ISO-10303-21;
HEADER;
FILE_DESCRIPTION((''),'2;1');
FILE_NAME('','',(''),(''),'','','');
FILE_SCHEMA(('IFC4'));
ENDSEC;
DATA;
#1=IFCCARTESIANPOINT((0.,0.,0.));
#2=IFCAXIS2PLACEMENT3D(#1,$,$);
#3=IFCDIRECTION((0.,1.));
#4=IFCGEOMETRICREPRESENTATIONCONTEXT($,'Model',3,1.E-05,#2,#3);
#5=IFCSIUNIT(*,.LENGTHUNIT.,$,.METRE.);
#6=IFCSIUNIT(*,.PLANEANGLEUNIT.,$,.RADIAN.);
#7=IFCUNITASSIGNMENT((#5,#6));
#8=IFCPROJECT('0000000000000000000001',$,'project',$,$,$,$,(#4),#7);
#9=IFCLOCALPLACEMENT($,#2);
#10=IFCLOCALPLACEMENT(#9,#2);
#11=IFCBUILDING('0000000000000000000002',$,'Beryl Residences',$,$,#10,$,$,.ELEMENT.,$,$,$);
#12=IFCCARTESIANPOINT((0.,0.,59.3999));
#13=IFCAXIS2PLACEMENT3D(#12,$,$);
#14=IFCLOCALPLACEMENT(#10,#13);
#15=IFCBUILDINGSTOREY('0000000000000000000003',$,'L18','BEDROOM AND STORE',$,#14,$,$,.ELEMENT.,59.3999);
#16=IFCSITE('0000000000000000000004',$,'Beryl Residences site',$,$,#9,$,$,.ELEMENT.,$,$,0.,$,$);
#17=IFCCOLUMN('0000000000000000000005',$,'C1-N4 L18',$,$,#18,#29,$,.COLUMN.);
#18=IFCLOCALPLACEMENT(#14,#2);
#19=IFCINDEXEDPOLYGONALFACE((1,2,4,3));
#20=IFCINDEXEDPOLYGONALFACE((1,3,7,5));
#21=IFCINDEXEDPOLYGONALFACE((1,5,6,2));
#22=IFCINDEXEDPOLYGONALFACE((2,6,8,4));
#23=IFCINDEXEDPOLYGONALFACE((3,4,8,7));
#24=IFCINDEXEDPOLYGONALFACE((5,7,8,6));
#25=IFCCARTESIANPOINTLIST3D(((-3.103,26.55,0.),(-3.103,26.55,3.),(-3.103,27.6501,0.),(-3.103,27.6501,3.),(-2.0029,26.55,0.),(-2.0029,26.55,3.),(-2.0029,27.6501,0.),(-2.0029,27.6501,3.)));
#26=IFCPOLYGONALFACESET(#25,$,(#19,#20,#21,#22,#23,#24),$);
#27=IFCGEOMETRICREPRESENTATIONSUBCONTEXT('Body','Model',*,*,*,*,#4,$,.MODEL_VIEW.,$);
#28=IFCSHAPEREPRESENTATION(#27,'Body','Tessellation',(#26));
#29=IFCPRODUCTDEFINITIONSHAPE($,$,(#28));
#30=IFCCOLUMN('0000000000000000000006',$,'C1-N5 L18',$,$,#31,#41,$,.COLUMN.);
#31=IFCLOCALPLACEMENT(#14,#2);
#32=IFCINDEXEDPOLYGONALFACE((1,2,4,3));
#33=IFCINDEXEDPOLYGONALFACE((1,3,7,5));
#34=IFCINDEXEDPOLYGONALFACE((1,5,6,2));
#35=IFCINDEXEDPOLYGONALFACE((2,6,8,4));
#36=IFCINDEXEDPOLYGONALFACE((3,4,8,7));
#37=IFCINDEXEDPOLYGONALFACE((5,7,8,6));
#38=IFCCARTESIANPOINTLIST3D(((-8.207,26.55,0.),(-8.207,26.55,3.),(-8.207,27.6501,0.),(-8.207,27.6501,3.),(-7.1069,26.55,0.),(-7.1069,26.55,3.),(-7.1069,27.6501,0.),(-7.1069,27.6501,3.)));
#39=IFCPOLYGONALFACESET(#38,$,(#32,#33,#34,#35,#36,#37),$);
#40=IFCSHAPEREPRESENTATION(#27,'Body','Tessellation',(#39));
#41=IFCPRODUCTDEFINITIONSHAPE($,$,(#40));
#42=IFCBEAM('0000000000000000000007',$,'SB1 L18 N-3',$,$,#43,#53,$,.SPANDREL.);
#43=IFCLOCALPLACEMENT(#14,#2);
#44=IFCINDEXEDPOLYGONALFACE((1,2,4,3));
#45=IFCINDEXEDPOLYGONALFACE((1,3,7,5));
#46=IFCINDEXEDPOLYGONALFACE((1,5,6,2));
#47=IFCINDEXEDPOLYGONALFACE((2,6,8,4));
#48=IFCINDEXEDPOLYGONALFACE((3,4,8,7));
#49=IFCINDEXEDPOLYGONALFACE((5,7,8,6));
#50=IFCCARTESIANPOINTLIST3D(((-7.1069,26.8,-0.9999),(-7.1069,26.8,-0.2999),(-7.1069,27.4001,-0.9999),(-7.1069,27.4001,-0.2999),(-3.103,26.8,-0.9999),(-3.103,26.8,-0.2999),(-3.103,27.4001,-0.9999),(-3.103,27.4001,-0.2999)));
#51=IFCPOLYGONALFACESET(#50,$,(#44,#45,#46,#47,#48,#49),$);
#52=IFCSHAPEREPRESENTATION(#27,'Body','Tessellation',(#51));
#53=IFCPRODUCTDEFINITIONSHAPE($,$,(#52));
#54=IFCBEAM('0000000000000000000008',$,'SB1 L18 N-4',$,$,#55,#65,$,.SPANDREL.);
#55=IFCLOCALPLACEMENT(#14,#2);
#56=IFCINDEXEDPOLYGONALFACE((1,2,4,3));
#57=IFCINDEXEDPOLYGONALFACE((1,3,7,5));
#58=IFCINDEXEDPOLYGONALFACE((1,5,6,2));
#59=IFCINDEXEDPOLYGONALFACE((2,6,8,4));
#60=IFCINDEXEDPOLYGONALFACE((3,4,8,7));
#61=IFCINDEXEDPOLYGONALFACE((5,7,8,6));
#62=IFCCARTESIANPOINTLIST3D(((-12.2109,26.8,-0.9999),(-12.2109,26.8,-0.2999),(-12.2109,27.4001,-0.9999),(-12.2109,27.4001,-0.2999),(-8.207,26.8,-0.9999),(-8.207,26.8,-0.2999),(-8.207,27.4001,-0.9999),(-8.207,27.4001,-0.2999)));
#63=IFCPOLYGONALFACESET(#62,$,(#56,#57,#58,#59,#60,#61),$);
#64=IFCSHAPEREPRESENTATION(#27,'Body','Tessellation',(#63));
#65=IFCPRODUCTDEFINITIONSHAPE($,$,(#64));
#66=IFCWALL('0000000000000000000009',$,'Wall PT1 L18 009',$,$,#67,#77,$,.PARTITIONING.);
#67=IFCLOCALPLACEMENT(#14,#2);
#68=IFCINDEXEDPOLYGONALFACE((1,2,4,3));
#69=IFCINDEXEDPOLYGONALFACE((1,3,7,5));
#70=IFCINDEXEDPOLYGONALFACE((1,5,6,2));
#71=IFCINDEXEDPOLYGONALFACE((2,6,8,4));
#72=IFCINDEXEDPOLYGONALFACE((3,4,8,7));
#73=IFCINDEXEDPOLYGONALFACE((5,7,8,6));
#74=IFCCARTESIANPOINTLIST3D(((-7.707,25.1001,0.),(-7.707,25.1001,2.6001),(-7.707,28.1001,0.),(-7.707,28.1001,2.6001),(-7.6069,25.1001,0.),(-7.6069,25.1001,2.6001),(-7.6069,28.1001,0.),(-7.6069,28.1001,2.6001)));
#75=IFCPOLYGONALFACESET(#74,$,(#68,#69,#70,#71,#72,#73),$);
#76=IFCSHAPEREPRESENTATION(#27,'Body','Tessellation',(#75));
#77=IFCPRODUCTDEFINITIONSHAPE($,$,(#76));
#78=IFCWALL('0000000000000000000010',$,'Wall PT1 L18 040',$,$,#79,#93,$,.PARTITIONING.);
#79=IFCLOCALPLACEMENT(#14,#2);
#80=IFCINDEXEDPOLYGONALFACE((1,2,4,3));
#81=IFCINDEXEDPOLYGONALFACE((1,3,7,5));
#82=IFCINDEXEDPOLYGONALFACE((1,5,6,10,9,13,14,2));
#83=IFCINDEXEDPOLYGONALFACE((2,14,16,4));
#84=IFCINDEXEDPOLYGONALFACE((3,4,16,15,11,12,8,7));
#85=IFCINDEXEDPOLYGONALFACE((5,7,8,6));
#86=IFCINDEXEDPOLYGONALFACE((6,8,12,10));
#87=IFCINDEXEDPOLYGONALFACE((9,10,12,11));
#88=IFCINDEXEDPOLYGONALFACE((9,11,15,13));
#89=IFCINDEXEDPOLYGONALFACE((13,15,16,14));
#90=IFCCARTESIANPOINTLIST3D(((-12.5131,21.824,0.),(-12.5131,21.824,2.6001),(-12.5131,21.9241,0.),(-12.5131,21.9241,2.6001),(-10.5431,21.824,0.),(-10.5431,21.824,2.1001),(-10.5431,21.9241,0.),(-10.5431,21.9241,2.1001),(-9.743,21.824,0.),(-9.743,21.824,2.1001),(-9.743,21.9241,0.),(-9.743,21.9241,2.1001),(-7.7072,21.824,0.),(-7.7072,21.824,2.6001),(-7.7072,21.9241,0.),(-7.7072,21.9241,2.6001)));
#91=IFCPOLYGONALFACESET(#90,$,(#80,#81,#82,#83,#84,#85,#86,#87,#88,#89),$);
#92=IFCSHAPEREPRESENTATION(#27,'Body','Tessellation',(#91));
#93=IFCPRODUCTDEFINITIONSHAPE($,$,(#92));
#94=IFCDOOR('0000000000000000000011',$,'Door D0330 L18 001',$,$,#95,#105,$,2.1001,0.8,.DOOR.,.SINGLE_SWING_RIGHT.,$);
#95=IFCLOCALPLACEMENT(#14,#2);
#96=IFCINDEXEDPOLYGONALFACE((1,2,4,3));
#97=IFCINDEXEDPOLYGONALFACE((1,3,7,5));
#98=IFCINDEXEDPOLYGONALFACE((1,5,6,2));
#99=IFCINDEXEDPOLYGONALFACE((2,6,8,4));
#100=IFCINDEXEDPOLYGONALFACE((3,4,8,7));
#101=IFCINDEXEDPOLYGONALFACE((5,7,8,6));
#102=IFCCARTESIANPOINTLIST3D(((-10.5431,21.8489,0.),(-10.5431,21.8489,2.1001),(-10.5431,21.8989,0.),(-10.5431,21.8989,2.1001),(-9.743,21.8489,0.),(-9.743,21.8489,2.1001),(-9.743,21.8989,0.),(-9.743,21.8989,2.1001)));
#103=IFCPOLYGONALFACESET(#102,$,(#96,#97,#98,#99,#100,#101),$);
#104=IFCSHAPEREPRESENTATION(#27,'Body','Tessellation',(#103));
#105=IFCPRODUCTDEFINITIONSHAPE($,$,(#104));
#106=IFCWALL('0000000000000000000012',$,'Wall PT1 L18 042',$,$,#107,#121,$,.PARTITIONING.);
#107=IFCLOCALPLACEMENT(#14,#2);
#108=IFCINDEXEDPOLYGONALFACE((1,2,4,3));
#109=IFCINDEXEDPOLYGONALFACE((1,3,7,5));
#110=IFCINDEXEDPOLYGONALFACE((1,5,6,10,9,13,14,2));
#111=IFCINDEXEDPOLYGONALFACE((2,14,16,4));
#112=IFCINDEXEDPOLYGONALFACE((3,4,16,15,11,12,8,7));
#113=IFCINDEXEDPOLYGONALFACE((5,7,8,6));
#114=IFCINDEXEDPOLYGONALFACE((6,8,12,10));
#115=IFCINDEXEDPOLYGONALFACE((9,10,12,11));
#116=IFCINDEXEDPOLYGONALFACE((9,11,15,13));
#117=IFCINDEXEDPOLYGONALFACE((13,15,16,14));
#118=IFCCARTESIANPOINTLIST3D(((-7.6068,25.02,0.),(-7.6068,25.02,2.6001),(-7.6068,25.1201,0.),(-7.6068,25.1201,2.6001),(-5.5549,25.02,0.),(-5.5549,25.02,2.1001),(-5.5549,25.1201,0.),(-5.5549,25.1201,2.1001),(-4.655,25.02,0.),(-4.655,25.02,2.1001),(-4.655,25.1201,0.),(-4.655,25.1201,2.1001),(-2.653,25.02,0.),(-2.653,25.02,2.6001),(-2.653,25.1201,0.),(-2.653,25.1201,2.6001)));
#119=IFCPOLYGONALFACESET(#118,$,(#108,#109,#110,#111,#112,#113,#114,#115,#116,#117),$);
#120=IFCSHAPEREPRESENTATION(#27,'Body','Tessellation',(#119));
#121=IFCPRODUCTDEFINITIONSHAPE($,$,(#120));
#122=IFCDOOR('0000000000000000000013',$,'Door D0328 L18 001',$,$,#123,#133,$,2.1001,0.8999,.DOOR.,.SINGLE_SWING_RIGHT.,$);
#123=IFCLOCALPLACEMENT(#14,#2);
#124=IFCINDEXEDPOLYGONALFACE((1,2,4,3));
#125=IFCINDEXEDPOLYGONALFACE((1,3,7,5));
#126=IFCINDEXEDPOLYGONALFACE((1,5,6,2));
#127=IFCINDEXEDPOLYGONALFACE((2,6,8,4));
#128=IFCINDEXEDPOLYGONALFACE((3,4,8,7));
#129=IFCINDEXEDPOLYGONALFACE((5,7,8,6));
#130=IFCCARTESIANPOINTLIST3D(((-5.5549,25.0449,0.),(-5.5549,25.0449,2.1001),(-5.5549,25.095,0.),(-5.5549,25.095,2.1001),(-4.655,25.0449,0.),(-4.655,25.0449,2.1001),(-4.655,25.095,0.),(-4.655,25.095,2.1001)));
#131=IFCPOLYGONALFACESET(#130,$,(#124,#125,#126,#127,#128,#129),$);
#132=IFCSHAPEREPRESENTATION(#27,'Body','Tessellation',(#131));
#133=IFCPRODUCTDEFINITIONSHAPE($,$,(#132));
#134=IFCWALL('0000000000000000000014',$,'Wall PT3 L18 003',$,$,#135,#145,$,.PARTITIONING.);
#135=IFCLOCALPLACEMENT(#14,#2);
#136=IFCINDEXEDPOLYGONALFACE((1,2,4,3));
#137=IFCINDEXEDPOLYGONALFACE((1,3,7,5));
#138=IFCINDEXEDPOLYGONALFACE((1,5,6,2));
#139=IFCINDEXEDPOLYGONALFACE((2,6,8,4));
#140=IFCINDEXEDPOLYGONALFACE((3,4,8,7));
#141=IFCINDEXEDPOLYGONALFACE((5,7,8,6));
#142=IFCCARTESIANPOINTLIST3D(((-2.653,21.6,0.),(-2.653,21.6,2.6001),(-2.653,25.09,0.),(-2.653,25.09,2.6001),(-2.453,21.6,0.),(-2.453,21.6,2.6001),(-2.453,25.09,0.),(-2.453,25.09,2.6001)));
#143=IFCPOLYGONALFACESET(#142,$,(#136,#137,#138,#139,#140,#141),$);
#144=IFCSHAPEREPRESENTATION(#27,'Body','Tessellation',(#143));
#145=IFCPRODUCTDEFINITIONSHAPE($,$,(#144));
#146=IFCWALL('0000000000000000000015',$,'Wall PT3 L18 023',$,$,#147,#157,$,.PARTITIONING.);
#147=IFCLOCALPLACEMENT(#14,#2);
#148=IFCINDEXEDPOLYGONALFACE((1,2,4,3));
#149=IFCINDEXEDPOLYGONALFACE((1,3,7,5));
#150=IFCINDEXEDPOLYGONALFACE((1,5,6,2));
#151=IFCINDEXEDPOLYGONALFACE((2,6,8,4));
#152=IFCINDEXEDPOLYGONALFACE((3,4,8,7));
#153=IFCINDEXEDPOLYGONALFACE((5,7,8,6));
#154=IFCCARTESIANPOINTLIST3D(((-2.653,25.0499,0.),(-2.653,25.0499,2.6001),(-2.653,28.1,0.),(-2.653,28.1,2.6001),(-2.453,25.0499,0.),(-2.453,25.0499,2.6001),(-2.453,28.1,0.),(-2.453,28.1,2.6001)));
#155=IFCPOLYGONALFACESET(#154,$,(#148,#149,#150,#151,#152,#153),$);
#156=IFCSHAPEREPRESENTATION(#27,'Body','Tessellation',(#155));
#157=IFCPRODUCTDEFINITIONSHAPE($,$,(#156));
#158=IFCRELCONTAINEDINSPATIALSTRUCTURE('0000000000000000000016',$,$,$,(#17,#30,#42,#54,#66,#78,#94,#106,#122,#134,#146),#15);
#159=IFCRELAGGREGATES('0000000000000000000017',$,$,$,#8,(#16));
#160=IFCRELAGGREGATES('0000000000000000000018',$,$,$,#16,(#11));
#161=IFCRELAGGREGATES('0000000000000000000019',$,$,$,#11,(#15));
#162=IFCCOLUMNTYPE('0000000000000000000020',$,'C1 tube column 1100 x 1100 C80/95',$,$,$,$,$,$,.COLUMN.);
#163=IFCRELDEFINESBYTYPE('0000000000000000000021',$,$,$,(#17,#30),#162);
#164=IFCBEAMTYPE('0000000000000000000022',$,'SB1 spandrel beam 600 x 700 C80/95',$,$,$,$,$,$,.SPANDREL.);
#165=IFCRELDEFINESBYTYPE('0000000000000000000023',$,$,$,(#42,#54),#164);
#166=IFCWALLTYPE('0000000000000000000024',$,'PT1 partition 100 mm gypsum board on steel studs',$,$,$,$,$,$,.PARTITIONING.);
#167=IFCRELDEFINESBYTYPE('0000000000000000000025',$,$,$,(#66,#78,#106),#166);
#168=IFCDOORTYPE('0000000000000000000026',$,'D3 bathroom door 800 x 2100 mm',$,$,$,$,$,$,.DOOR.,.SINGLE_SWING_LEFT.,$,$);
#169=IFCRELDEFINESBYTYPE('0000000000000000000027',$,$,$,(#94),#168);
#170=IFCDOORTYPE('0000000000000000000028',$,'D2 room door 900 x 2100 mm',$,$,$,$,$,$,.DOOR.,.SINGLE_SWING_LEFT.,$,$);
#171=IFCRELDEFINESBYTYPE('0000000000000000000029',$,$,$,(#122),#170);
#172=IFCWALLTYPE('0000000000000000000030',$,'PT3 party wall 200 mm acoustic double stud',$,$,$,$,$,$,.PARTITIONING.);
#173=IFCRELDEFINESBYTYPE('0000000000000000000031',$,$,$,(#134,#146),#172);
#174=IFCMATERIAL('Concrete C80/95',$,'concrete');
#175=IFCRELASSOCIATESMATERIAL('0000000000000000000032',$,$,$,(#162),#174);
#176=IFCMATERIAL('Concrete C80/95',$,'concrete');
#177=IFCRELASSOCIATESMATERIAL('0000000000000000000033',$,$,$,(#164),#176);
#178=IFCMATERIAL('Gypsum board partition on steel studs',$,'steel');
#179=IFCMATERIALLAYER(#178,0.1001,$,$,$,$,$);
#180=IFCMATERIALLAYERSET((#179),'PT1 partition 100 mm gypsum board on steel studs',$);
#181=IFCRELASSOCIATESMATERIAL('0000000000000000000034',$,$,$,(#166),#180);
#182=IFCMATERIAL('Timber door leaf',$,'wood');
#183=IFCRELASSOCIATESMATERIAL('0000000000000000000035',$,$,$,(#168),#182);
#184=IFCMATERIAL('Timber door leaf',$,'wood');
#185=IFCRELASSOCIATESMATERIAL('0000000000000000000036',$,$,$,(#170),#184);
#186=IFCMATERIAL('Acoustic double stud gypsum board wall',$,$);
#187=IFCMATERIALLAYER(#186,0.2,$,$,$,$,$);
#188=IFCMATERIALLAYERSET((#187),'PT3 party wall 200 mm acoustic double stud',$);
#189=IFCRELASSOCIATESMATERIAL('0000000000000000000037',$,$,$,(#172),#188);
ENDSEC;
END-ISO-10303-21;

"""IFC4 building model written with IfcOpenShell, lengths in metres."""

from ifc_helpers import new_model, si_unit, direction, frame, frame_2d, origin, origin_2d, place, context, subcontext, project, spatial, rectangle, extrude, material, layer, layer_set, material_profile, profile_set, type_object, element, fill, save


model = new_model("IFC4")

# Units and contexts
model_context = context("Model", 3, precision=1e-05, world=origin(), true_north=direction((0.0, 1.0)))
body_context = subcontext(model_context, "Body", "Model", "MODEL_VIEW")
ifc_project = project(units=[si_unit("LENGTHUNIT", "METRE"), si_unit("PLANEANGLEUNIT", "RADIAN")], contexts=[model_context])

# Site, building, storey
site_placement = place(None, origin())
site = spatial("IfcSite", under=ifc_project, at=site_placement, Name="Beryl Residences site", CompositionType="ELEMENT", RefElevation=0.0)
building_placement = place(site_placement, origin())
building = spatial("IfcBuilding", under=site, at=building_placement, Name="Beryl Residences", CompositionType="ELEMENT")
storey_placement = place(building_placement, frame((0.0, 0.0, 59.3999)))
storey = spatial("IfcBuildingStorey", under=building, at=storey_placement, Name="L18", Description="BEDROOM AND STORE", CompositionType="ELEMENT", Elevation=59.3999)

# Columns
ifc_material_1 = material(Name="Concrete C80/95", Category="concrete")
ifc_material_profile_1 = material_profile(ifc_material_1, rectangle(XDim=1.1001, YDim=1.1001, at=origin_2d()))
ifc_profile_set_1 = profile_set([ifc_material_profile_1], Name="Concrete C80/95")
column_type = type_object("IfcColumnType", Name="C1 tube column 1100 x 1100 C80/95", PredefinedType="COLUMN", material=ifc_profile_set_1)
for number, where, z_axis, x_axis, name in (
    (1, (-2.553, 27.1001, 0.0), (0.0, 0.0, 1.0), (-1.0, 0.0, 0.0), "C1-N4 L18"),
    (2, (-7.657, 27.1001, 0.0), (0.0, 0.0, 1.0), (-1.0, 0.0, 0.0), "C1-N5 L18"),
):
    element("IfcColumn", number, at=place(storey_placement, frame(where, z_axis=z_axis, x_axis=x_axis)), inside=storey, type_object=column_type, Name=name, PredefinedType="COLUMN", context=body_context, shape_type="SweptSolid", body=[
        extrude(rectangle(XDim=1.1001, YDim=1.1001, at=origin_2d()), origin(), (0.0, 0.0, 1.0), 3.0),
    ])

# Beams
ifc_material_2 = material(Name="Concrete C80/95", Category="concrete")
ifc_material_profile_2 = material_profile(ifc_material_2, rectangle(XDim=0.6001, YDim=0.7, at=origin_2d()))
ifc_profile_set_2 = profile_set([ifc_material_profile_2], Name="Concrete C80/95")
beam_type = type_object("IfcBeamType", Name="SB1 spandrel beam 600 x 700 C80/95", PredefinedType="SPANDREL", material=ifc_profile_set_2)
for number, where, z_axis, x_axis, name in (
    (3, (-3.103, 27.1001, -0.6499), (-1.0, 0.0, 0.0), (0.0, -1.0, 0.0), "SB1 L18 N-3"),
    (4, (-8.207, 27.1001, -0.6499), (-1.0, 0.0, 0.0), (0.0, -1.0, 0.0), "SB1 L18 N-4"),
):
    element("IfcBeam", number, at=place(storey_placement, frame(where, z_axis=z_axis, x_axis=x_axis)), inside=storey, type_object=beam_type, Name=name, PredefinedType="SPANDREL", context=body_context, shape_type="SweptSolid", body=[
        extrude(rectangle(XDim=0.6001, YDim=0.7, at=origin_2d()), origin(), (0.0, 0.0, 1.0), 4.0039),
    ])

# Wall
ifc_material_3 = material(Name="Gypsum board partition on steel studs", Category="steel")
ifc_layer_1 = layer(ifc_material_3, 0.1001)
ifc_layer_set_1 = layer_set([ifc_layer_1], Name="PT1 partition 100 mm gypsum board on steel studs")
wall_type_1 = type_object("IfcWallType", Name="PT1 partition 100 mm gypsum board on steel studs", PredefinedType="PARTITIONING", material=ifc_layer_set_1)
wall_1_placement = place(storey_placement, frame((-7.657, 28.1001, 0.0), z_axis=(0.0, 0.0, 1.0), x_axis=(0.0, -1.0, 0.0)))
element("IfcWall", 5, at=wall_1_placement, inside=storey, type_object=wall_type_1, Name="Wall PT1 L18 009", PredefinedType="PARTITIONING", context=body_context, shape_type="SweptSolid", body=[
    extrude(rectangle(XDim=3.0, YDim=0.1001, at=frame_2d((1.5, 0.0))), origin(), (0.0, 0.0, 1.0), 2.6001),
])

# Walls, openings, doors
wall_2_placement = place(storey_placement, frame((-12.5129, 21.874, 0.0), z_axis=(0.0, 0.0, 1.0), x_axis=(1.0, 0.0, 0.0)))
wall_2 = element("IfcWall", 6, at=wall_2_placement, inside=storey, type_object=wall_type_1, Name="Wall PT1 L18 040", PredefinedType="PARTITIONING", context=body_context, shape_type="SweptSolid", body=[
    extrude(rectangle(XDim=4.8059, YDim=0.1001, at=frame_2d((2.4028, 0.0))), origin(), (0.0, 0.0, 1.0), 2.6001),
])
opening_1_placement = place(wall_2_placement, frame((1.97, 0.0, 0.0)))
opening_1 = element("IfcOpeningElement", 7, at=opening_1_placement, cuts=wall_2, PredefinedType="OPENING", context=body_context, shape_type="SweptSolid", body=[
    extrude(rectangle(XDim=0.8, YDim=2.1001, at=frame_2d((0.3999, 1.05))), frame((0.0, 0.0601, 0.0), z_axis=(0.0, -1.0, 0.0), x_axis=(1.0, 0.0, 0.0)), (0.0, 0.0, 1.0), 0.1201),
])
ifc_material_4 = material(Name="Timber door leaf", Category="wood")
door_type_1 = type_object("IfcDoorType", Name="D3 bathroom door 800 x 2100 mm", OperationType="SINGLE_SWING_LEFT", PredefinedType="DOOR", material=ifc_material_4)
door_1_placement = place(opening_1_placement, origin())
door_1 = element("IfcDoor", 8, at=door_1_placement, inside=storey, type_object=door_type_1, Name="Door D0330 L18 001", OperationType="SINGLE_SWING_RIGHT", OverallHeight=2.1001, OverallWidth=0.8, PredefinedType="DOOR", context=body_context, shape_type="SweptSolid", body=[
    extrude(rectangle(XDim=0.8, YDim=2.1001, at=frame_2d((0.3999, 1.05))), frame((0.0, 0.0249, 0.0), z_axis=(0.0, -1.0, 0.0), x_axis=(1.0, 0.0, 0.0)), (0.0, 0.0, 1.0), 0.05),
])
fill(opening_1, door_1)
wall_3_placement = place(storey_placement, frame((-7.6069, 25.0701, 0.0), z_axis=(0.0, 0.0, 1.0), x_axis=(1.0, 0.0, 0.0)))
wall_3 = element("IfcWall", 9, at=wall_3_placement, inside=storey, type_object=wall_type_1, Name="Wall PT1 L18 042", PredefinedType="PARTITIONING", context=body_context, shape_type="SweptSolid", body=[
    extrude(rectangle(XDim=4.9539, YDim=0.1001, at=frame_2d((2.4771, 0.0))), origin(), (0.0, 0.0, 1.0), 2.6001),
])
opening_2_placement = place(wall_3_placement, frame((2.052, 0.0, 0.0)))
opening_2 = element("IfcOpeningElement", 10, at=opening_2_placement, cuts=wall_3, PredefinedType="OPENING", context=body_context, shape_type="SweptSolid", body=[
    extrude(rectangle(XDim=0.8999, YDim=2.1001, at=frame_2d((0.45, 1.05))), frame((0.0, 0.0601, 0.0), z_axis=(0.0, -1.0, 0.0), x_axis=(1.0, 0.0, 0.0)), (0.0, 0.0, 1.0), 0.1201),
])
ifc_material_5 = material(Name="Timber door leaf", Category="wood")
door_type_2 = type_object("IfcDoorType", Name="D2 room door 900 x 2100 mm", OperationType="SINGLE_SWING_LEFT", PredefinedType="DOOR", material=ifc_material_5)
door_2_placement = place(opening_2_placement, origin())
door_2 = element("IfcDoor", 11, at=door_2_placement, inside=storey, type_object=door_type_2, Name="Door D0328 L18 001", OperationType="SINGLE_SWING_RIGHT", OverallHeight=2.1001, OverallWidth=0.8999, PredefinedType="DOOR", context=body_context, shape_type="SweptSolid", body=[
    extrude(rectangle(XDim=0.8999, YDim=2.1001, at=frame_2d((0.45, 1.05))), frame((0.0, 0.0249, 0.0), z_axis=(0.0, -1.0, 0.0), x_axis=(1.0, 0.0, 0.0)), (0.0, 0.0, 1.0), 0.05),
])
fill(opening_2, door_2)

# Walls
ifc_material_6 = material(Name="Acoustic double stud gypsum board wall")
ifc_layer_2 = layer(ifc_material_6, 0.2)
ifc_layer_set_2 = layer_set([ifc_layer_2], Name="PT3 party wall 200 mm acoustic double stud")
wall_type_2 = type_object("IfcWallType", Name="PT3 party wall 200 mm acoustic double stud", PredefinedType="PARTITIONING", material=ifc_layer_set_2)
wall_4_placement = place(storey_placement, frame((-2.553, 25.0901, 0.0), z_axis=(0.0, 0.0, 1.0), x_axis=(0.0, -1.0, 0.0)))
element("IfcWall", 12, at=wall_4_placement, inside=storey, type_object=wall_type_2, Name="Wall PT3 L18 003", PredefinedType="PARTITIONING", context=body_context, shape_type="SweptSolid", body=[
    extrude(rectangle(XDim=3.49, YDim=0.2, at=frame_2d((1.7451, 0.0))), origin(), (0.0, 0.0, 1.0), 2.6001),
])
wall_5_placement = place(storey_placement, frame((-2.553, 25.05, 0.0), z_axis=(0.0, 0.0, 1.0), x_axis=(0.0, 1.0, 0.0)))
element("IfcWall", 13, at=wall_5_placement, inside=storey, type_object=wall_type_2, Name="Wall PT3 L18 023", PredefinedType="PARTITIONING", context=body_context, shape_type="SweptSolid", body=[
    extrude(rectangle(XDim=3.05, YDim=0.2, at=frame_2d((1.5249, 0.0))), origin(), (0.0, 0.0, 1.0), 2.6001),
])

save(model, "model.ifc")
